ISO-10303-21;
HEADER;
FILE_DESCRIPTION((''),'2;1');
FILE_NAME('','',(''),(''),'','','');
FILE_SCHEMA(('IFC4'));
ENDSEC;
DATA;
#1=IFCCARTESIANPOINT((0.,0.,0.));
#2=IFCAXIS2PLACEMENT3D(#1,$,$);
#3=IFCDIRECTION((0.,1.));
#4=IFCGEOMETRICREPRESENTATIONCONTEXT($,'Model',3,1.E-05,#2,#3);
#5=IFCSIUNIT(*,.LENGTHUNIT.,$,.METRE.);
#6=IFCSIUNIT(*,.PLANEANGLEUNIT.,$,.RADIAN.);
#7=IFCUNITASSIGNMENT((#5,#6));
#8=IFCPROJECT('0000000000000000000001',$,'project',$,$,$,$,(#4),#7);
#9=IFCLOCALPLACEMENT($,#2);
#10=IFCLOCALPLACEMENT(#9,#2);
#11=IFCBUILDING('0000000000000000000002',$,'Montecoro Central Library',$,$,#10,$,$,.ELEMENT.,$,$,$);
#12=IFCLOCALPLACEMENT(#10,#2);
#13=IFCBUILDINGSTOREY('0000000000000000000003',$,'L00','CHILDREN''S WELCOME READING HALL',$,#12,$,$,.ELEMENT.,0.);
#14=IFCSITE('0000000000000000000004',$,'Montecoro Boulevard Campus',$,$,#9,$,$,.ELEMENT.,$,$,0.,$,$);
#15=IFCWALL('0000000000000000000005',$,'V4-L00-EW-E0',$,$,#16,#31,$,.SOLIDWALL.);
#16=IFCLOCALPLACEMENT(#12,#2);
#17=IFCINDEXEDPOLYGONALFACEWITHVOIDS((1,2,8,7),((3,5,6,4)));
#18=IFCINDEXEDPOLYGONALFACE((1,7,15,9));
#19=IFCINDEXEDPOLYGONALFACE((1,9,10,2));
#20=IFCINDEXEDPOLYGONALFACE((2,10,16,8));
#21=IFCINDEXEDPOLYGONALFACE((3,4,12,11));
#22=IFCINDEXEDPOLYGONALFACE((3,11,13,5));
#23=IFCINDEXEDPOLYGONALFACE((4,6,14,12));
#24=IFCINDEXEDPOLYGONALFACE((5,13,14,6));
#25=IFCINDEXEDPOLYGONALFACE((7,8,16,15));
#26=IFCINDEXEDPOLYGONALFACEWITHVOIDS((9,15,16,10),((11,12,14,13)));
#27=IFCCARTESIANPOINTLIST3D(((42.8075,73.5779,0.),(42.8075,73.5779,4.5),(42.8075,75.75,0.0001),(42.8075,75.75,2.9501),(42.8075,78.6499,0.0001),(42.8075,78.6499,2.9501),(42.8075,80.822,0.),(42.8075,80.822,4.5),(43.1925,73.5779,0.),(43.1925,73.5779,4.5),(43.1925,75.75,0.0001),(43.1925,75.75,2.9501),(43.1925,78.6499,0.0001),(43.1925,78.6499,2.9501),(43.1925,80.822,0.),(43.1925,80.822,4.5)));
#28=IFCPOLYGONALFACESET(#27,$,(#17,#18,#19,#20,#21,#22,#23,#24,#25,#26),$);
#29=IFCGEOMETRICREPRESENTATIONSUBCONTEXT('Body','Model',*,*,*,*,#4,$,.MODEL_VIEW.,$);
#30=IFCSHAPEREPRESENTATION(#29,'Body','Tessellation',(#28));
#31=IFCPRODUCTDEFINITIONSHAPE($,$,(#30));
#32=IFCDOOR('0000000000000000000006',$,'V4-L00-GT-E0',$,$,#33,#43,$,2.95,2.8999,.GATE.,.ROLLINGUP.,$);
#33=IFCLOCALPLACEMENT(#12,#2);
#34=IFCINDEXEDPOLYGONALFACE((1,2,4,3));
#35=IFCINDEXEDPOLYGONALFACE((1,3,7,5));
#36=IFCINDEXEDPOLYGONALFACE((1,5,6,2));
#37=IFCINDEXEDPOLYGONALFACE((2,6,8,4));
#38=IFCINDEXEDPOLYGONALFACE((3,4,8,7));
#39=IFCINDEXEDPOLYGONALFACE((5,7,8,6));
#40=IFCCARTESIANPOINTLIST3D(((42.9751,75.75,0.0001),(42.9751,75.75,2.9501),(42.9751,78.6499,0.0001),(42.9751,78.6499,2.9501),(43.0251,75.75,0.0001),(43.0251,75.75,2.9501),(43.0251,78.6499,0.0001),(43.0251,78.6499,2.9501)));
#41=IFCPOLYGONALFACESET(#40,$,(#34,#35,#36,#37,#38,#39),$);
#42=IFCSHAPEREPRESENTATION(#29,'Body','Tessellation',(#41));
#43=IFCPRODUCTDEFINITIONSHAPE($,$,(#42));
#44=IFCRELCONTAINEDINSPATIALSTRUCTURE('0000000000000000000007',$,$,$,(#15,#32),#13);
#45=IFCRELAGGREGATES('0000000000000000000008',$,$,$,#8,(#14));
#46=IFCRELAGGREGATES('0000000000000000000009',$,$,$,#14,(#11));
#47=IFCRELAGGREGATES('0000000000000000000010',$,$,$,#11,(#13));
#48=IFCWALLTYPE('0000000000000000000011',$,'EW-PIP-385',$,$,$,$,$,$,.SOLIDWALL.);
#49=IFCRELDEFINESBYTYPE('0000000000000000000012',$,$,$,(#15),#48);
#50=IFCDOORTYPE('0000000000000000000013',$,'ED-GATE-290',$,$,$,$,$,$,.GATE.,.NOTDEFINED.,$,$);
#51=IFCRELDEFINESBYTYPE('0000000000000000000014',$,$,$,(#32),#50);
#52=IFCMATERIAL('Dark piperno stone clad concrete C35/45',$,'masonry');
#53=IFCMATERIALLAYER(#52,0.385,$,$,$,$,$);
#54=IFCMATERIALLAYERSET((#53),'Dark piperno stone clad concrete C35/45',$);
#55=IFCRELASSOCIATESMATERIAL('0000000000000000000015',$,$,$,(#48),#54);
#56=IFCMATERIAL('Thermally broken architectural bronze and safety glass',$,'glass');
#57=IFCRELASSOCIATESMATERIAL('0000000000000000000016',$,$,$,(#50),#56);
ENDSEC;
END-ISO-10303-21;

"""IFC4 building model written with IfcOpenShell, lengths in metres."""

from ifc_helpers import new_model, si_unit, direction, frame, frame_2d, origin, place, context, subcontext, project, spatial, rectangle, extrude, material, layer, layer_set, type_object, element, fill, save


model = new_model("IFC4")

# Units and contexts
model_context = context("Model", 3, precision=1e-05, world=origin(), true_north=direction((0.0, 1.0)))
body_context = subcontext(model_context, "Body", "Model", "MODEL_VIEW")
ifc_project = project(units=[si_unit("LENGTHUNIT", "METRE"), si_unit("PLANEANGLEUNIT", "RADIAN")], contexts=[model_context])

# Site, building, storey
site_placement = place(None, origin())
site = spatial("IfcSite", under=ifc_project, at=site_placement, Name="Montecoro Boulevard Campus", CompositionType="ELEMENT", RefElevation=0.0)
building_placement = place(site_placement, origin())
building = spatial("IfcBuilding", under=site, at=building_placement, Name="Montecoro Central Library", CompositionType="ELEMENT")
storey_placement = place(building_placement, origin())
storey = spatial("IfcBuildingStorey", under=building, at=storey_placement, Name="L00", Description="CHILDREN'S WELCOME READING HALL", CompositionType="ELEMENT", Elevation=0.0)

# Wall, opening, door
ifc_material_1 = material(Name="Dark piperno stone clad concrete C35/45", Category="masonry")
ifc_layer_1 = layer(ifc_material_1, 0.385)
ifc_layer_set_1 = layer_set([ifc_layer_1], Name="Dark piperno stone clad concrete C35/45")
wall_type = type_object("IfcWallType", Name="EW-PIP-385", PredefinedType="SOLIDWALL", material=ifc_layer_set_1)
wall_placement = place(storey_placement, frame((43.0, 73.5779, 0.0), z_axis=(0.0, 0.0, 1.0), x_axis=(0.0, 1.0, 0.0)))
wall = element("IfcWall", 1, at=wall_placement, inside=storey, type_object=wall_type, Name="V4-L00-EW-E0", PredefinedType="SOLIDWALL", context=body_context, shape_type="SweptSolid", body=[
    extrude(rectangle(XDim=7.2441, YDim=0.385, at=frame_2d((3.6221, 0.0))), origin(), (0.0, 0.0, 1.0), 4.5),
])
opening_placement = place(wall_placement, frame((2.1721, 0.0, 0.0)))
opening = element("IfcOpeningElement", 2, at=opening_placement, cuts=wall, PredefinedType="OPENING", context=body_context, shape_type="SweptSolid", body=[
    extrude(rectangle(XDim=2.8999, YDim=2.95, at=frame_2d((1.45, 1.4751))), frame((0.0, 0.2024, 0.0), z_axis=(0.0, -1.0, 0.0), x_axis=(1.0, 0.0, 0.0)), (0.0, 0.0, 1.0), 0.405),
])
ifc_material_2 = material(Name="Thermally broken architectural bronze and safety glass", Category="glass")
door_type = type_object("IfcDoorType", Name="ED-GATE-290", OperationType="NOTDEFINED", PredefinedType="GATE", material=ifc_material_2)
door_placement = place(opening_placement, origin())
door = element("IfcDoor", 3, at=door_placement, inside=storey, type_object=door_type, Name="V4-L00-GT-E0", OperationType="ROLLINGUP", OverallHeight=2.95, OverallWidth=2.8999, PredefinedType="GATE", context=body_context, shape_type="SweptSolid", body=[
    extrude(rectangle(XDim=2.8999, YDim=2.95, at=frame_2d((1.45, 1.4751))), frame((0.0, 0.0249, 0.0), z_axis=(0.0, -1.0, 0.0), x_axis=(1.0, 0.0, 0.0)), (0.0, 0.0, 1.0), 0.05),
])
fill(opening, door)

save(model, "model.ifc")
